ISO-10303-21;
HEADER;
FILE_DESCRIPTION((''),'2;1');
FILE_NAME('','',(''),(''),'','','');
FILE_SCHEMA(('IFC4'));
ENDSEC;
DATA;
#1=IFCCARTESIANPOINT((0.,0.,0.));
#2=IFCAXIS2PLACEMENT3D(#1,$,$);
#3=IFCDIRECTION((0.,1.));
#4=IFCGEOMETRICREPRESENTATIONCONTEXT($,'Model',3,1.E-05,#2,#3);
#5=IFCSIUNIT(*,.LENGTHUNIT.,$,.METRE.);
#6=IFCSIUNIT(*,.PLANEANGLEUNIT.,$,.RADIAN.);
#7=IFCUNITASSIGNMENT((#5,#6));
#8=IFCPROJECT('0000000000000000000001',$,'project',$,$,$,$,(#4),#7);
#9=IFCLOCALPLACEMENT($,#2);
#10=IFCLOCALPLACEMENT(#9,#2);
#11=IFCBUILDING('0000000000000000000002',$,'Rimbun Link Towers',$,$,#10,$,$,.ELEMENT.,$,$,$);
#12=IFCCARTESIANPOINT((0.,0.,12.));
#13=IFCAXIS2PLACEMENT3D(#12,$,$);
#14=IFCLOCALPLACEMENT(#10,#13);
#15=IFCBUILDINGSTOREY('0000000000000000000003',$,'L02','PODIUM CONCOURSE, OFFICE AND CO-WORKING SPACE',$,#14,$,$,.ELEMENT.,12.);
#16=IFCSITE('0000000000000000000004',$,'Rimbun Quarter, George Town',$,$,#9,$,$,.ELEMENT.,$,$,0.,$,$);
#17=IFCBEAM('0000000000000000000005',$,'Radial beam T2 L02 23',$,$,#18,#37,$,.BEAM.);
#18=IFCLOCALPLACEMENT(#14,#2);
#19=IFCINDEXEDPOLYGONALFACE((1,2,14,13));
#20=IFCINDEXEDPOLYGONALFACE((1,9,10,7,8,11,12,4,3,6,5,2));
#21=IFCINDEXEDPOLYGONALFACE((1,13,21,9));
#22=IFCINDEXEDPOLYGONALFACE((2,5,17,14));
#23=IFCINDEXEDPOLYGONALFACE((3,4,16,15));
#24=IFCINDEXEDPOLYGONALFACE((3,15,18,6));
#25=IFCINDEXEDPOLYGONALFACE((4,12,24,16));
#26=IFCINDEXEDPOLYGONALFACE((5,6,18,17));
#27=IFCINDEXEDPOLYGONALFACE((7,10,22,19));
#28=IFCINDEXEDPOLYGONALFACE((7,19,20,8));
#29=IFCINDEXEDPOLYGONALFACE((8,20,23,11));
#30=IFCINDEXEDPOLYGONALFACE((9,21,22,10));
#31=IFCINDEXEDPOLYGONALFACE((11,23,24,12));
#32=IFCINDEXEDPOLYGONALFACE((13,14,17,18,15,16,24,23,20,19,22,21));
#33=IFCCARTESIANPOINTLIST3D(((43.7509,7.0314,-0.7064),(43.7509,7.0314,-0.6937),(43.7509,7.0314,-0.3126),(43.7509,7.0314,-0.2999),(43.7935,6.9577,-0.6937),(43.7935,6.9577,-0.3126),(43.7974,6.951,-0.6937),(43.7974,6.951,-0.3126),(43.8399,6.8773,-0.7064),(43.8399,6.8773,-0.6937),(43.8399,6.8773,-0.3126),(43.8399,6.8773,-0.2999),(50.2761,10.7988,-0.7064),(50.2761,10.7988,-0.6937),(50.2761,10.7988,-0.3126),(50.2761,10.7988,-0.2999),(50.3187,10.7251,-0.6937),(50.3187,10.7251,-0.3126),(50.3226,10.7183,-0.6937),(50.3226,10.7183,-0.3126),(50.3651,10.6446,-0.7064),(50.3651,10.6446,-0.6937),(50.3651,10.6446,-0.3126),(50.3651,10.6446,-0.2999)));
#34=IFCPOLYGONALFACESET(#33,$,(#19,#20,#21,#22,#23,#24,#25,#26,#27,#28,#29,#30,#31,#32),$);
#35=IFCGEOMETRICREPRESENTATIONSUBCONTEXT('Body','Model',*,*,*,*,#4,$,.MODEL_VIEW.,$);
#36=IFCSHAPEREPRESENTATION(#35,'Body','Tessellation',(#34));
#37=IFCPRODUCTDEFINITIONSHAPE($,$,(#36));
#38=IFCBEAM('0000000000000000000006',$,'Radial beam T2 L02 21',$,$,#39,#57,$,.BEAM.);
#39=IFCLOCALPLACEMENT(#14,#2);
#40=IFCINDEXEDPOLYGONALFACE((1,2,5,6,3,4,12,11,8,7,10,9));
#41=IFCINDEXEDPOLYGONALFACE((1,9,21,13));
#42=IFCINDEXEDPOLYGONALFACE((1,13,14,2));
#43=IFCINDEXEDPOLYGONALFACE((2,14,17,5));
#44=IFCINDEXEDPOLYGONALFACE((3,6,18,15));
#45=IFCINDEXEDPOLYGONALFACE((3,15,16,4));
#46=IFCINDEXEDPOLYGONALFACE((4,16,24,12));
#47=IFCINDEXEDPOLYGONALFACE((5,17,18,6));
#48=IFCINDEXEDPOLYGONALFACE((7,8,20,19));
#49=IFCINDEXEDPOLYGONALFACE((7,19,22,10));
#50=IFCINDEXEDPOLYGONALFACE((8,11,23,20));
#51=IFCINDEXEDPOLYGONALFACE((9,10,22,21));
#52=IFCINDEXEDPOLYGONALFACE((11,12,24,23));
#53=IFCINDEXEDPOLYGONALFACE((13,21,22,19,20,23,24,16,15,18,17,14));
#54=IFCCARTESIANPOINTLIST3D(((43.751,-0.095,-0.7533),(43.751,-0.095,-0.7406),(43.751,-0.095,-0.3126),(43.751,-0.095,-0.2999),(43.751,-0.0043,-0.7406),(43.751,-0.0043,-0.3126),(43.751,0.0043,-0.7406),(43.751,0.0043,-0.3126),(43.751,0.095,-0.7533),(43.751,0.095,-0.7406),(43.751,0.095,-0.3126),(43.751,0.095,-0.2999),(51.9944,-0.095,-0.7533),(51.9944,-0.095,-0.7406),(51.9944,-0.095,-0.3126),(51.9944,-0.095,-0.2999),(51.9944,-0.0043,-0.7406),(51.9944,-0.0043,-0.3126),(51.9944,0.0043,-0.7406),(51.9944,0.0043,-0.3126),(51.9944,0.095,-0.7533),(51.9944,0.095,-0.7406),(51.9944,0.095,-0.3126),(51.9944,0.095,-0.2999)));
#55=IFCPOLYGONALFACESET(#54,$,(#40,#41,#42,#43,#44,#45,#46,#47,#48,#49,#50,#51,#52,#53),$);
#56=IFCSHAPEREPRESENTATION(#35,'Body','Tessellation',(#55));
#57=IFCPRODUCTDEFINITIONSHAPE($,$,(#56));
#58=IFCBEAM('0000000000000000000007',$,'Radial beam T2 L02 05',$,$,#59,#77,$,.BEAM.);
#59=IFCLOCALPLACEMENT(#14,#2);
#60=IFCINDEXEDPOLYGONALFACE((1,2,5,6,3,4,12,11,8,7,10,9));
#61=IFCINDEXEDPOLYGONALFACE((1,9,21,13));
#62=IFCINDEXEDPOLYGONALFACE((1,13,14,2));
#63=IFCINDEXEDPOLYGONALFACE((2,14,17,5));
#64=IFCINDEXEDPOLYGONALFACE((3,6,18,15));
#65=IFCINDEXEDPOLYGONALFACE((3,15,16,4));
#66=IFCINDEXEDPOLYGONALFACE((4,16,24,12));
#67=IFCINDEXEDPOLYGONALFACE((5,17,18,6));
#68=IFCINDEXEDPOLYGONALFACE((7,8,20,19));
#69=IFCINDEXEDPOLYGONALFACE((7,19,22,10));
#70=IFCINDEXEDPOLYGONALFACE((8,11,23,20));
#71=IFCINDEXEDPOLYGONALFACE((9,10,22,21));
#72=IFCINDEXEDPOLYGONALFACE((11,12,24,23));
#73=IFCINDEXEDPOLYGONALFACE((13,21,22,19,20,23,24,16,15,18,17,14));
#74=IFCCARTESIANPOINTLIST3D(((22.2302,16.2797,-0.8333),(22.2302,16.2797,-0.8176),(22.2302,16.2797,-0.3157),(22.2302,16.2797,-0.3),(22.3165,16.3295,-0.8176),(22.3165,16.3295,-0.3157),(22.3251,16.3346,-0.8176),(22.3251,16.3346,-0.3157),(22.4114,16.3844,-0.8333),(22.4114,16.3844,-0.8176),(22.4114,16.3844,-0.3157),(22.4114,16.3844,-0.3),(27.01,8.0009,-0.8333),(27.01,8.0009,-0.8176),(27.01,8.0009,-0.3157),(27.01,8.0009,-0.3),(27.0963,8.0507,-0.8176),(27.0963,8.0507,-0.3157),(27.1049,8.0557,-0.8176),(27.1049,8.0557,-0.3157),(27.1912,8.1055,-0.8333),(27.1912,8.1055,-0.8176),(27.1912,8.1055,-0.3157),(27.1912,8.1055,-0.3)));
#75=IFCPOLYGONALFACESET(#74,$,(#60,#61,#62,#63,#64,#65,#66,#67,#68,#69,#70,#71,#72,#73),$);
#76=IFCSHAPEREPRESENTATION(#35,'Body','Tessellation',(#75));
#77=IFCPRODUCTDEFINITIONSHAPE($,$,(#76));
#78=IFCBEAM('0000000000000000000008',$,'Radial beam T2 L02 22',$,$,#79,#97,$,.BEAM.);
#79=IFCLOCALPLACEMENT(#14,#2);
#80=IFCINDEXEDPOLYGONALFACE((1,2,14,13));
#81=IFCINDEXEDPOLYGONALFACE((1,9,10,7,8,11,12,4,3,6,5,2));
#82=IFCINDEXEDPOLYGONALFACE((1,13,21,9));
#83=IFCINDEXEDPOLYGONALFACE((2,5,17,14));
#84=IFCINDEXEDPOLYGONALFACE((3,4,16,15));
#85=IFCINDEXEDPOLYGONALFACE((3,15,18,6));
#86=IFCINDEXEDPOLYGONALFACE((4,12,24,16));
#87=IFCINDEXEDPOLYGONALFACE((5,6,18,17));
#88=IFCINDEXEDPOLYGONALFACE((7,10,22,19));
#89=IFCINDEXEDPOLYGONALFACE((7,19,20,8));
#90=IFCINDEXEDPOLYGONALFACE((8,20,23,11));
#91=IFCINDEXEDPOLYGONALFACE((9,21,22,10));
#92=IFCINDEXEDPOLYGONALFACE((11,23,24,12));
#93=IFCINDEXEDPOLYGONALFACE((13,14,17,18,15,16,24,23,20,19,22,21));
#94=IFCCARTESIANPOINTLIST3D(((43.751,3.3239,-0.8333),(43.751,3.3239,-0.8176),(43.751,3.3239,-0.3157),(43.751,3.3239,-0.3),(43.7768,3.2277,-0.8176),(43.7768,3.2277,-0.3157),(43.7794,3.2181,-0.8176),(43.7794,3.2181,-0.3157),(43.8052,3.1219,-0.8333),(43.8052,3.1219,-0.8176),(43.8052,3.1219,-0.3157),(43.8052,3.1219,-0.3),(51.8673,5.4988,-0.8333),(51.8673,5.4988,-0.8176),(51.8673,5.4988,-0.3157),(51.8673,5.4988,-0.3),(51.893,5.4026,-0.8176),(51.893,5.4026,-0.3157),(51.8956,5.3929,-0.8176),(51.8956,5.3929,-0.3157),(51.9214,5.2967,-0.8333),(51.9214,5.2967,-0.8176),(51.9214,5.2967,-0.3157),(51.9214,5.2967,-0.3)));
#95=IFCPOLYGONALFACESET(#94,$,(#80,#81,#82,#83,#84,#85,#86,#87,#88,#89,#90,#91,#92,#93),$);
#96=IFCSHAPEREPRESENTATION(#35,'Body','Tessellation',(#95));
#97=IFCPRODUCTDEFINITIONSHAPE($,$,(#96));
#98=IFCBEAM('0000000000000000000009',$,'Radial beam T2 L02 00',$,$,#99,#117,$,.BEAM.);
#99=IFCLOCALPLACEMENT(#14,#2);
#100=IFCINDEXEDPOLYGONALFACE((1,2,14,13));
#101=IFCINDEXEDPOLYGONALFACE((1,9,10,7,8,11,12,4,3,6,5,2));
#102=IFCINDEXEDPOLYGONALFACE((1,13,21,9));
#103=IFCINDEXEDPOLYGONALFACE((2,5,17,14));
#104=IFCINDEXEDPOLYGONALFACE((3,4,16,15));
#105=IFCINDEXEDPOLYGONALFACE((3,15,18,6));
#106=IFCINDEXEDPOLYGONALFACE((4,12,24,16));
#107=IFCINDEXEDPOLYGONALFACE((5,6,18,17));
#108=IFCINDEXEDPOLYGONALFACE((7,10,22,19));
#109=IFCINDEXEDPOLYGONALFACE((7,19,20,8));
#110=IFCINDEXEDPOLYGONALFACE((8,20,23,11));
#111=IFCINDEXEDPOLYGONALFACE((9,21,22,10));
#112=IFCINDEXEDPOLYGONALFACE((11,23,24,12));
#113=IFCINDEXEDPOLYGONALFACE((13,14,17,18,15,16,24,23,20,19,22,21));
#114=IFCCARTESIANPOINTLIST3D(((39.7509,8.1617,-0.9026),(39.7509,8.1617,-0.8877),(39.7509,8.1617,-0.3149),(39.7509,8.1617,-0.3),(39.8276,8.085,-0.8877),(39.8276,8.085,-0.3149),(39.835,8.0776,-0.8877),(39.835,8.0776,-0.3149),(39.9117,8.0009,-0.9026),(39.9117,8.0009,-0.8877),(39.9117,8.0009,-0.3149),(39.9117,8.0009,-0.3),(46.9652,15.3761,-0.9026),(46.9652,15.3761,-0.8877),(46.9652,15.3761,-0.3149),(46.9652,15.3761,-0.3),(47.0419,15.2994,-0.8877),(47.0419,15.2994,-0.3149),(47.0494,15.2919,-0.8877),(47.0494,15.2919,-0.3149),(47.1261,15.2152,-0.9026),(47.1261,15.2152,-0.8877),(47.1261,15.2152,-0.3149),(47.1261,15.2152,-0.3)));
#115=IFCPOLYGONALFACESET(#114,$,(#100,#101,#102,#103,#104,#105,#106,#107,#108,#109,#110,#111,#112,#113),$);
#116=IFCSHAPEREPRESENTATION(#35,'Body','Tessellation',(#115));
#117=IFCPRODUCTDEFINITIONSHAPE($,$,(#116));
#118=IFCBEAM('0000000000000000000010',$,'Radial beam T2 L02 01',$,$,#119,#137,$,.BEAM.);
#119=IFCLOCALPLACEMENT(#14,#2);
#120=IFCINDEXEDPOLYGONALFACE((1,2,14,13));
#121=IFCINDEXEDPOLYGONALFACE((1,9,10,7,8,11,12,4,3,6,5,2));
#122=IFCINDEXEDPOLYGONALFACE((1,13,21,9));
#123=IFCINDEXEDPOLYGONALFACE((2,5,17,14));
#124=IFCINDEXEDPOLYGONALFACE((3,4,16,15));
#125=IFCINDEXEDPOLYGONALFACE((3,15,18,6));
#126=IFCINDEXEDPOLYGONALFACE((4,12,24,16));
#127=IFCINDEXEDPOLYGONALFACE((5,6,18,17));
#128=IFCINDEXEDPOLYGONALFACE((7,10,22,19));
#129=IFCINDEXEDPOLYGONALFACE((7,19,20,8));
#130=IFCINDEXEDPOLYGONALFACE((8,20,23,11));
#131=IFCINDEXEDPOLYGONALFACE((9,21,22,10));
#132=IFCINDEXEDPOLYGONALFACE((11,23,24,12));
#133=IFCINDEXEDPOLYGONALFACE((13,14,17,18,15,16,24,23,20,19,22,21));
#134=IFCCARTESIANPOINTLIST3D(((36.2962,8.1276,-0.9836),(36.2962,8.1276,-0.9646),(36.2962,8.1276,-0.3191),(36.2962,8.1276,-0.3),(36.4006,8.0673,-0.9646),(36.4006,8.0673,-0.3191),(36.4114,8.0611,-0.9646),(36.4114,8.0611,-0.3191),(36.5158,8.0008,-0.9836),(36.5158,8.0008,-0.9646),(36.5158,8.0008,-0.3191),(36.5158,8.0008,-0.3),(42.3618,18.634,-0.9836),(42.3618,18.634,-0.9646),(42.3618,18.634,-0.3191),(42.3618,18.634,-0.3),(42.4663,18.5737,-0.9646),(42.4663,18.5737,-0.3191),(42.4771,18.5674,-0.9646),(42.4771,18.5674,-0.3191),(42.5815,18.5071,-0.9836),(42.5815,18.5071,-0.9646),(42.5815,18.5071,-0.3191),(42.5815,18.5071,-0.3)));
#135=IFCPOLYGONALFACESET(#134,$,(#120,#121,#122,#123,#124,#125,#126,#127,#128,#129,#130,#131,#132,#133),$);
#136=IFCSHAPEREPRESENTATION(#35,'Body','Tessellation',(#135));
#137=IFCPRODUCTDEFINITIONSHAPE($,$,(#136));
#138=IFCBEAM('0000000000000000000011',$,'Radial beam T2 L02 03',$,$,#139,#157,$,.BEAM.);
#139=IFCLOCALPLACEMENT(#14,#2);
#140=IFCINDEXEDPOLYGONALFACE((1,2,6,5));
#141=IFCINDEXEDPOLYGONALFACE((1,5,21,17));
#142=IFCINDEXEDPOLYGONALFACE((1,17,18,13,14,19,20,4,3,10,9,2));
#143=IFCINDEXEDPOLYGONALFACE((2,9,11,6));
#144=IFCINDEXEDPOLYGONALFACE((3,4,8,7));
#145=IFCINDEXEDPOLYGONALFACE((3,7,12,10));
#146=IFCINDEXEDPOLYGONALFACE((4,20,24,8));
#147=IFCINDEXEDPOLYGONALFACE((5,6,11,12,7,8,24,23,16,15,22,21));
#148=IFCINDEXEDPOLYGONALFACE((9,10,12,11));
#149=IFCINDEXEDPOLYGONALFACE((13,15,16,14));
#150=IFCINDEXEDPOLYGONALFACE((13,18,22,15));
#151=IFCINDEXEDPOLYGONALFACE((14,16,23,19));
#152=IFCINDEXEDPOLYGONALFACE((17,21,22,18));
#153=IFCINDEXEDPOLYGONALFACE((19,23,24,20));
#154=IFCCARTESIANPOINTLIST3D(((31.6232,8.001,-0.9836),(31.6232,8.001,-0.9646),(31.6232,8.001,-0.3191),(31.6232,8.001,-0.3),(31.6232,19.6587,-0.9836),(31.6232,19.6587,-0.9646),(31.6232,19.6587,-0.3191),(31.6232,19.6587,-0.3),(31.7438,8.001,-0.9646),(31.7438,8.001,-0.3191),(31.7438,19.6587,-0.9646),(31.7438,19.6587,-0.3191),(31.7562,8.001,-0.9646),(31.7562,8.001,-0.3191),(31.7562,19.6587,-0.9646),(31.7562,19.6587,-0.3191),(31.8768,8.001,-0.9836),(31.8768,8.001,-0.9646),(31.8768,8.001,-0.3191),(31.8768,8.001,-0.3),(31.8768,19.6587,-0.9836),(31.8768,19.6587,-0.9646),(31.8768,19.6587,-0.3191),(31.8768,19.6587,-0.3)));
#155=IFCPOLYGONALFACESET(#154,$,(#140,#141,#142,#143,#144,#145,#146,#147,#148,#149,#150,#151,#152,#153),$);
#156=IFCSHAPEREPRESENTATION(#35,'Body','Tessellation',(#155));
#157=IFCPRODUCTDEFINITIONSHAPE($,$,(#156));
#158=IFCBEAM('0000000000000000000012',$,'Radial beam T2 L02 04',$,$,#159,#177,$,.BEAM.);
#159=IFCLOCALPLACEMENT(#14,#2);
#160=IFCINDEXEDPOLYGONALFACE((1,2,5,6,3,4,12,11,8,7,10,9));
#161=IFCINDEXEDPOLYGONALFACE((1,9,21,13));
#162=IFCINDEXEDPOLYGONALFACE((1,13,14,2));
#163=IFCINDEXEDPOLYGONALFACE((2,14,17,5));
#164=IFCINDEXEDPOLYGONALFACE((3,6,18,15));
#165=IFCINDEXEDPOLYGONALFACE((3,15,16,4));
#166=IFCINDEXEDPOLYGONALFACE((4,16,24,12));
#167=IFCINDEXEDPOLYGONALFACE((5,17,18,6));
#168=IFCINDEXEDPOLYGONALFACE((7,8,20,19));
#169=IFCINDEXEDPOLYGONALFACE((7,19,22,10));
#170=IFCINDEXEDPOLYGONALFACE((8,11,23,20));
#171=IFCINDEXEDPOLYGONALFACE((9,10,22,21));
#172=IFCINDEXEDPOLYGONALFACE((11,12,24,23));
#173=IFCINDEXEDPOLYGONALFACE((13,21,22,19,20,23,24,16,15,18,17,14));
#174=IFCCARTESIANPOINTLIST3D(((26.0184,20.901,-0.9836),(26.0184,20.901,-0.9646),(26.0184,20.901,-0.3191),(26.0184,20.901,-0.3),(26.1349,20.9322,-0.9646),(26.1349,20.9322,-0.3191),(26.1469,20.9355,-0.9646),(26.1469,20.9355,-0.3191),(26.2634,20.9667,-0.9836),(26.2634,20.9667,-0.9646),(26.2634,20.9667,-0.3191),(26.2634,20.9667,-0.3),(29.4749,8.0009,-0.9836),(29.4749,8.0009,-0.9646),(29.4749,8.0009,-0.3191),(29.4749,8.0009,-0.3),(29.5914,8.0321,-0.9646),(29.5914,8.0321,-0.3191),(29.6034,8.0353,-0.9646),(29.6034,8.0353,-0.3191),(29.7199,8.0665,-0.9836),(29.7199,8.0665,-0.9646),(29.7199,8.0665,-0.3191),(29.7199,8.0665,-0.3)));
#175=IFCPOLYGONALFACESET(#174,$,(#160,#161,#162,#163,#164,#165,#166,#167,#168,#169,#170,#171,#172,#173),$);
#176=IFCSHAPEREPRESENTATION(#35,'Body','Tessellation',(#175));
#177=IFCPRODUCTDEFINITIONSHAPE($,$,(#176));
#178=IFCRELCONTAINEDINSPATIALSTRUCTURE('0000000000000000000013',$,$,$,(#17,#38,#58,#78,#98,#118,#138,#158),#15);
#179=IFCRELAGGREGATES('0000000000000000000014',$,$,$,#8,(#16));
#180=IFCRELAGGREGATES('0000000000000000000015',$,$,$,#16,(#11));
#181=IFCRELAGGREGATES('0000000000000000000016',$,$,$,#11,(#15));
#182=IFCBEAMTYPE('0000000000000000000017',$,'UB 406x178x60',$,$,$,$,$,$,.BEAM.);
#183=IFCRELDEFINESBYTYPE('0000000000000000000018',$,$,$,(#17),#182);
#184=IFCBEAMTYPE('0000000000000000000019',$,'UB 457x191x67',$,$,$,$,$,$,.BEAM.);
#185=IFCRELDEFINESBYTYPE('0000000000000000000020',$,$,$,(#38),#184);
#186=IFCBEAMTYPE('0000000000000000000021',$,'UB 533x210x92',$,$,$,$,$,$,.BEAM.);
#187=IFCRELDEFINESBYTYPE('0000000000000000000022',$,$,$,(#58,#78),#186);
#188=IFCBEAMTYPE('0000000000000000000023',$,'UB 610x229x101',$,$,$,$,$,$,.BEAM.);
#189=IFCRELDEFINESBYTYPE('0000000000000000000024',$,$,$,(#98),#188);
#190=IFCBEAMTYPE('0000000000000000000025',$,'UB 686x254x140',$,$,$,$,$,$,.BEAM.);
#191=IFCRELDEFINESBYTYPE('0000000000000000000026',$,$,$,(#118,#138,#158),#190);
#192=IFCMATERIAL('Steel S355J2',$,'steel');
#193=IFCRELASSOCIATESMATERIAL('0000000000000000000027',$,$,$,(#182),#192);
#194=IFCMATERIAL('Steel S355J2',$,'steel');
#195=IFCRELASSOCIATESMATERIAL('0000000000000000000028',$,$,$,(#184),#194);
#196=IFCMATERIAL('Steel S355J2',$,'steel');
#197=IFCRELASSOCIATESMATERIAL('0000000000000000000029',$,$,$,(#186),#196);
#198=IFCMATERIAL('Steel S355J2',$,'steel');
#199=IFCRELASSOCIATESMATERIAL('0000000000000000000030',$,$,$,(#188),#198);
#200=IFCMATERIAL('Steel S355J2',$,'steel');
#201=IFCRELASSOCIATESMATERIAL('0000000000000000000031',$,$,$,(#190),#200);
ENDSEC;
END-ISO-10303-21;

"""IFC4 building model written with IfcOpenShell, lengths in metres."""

from ifc_helpers import new_model, si_unit, direction, frame, origin, origin_2d, place, context, subcontext, project, spatial, i_section, extrude, material, material_profile, profile_set, type_object, element, save


model = new_model("IFC4")

# Units and contexts
model_context = context("Model", 3, precision=1e-05, world=origin(), true_north=direction((0.0, 1.0)))
body_context = subcontext(model_context, "Body", "Model", "MODEL_VIEW")
ifc_project = project(units=[si_unit("LENGTHUNIT", "METRE"), si_unit("PLANEANGLEUNIT", "RADIAN")], contexts=[model_context])

# Site, building, storey
site_placement = place(None, origin())
site = spatial("IfcSite", under=ifc_project, at=site_placement, Name="Rimbun Quarter, George Town", CompositionType="ELEMENT", RefElevation=0.0)
building_placement = place(site_placement, origin())
building = spatial("IfcBuilding", under=site, at=building_placement, Name="Rimbun Link Towers", CompositionType="ELEMENT")
storey_placement = place(building_placement, frame((0.0, 0.0, 12.0)))
storey = spatial("IfcBuildingStorey", under=building, at=storey_placement, Name="L02", Description="PODIUM CONCOURSE, OFFICE AND CO-WORKING SPACE", CompositionType="ELEMENT", Elevation=12.0)

# Beams
ifc_material_1 = material(Name="Steel S355J2", Category="steel")
ifc_material_profile_1 = material_profile(ifc_material_1, i_section(OverallWidth=0.178, OverallDepth=0.4065, WebThickness=0.0078, FlangeThickness=0.0127, at=origin_2d()), Name="UB 406x178x60")
ifc_profile_set_1 = profile_set([ifc_material_profile_1], Name="Steel S355J2")
beam_type_1 = type_object("IfcBeamType", Name="UB 406x178x60", PredefinedType="BEAM", material=ifc_profile_set_1)
beam_1_placement = place(storey_placement, frame((43.7954, 6.9543, -0.5032), z_axis=(0.866023, 0.500004, 0.0), x_axis=(-0.500004, 0.866023, 0.0)))
element("IfcBeam", 1, at=beam_1_placement, inside=storey, type_object=beam_type_1, Name="Radial beam T2 L02 23", PredefinedType="BEAM", context=body_context, shape_type="SweptSolid", body=[
    extrude(i_section(OverallWidth=0.178, OverallDepth=0.4065, WebThickness=0.0078, FlangeThickness=0.0127, at=origin_2d()), origin(), (0.0, 0.0, 1.0), 7.5347),
])
ifc_material_2 = material(Name="Steel S355J2", Category="steel")
ifc_material_profile_2 = material_profile(ifc_material_2, i_section(OverallWidth=0.1899, OverallDepth=0.4534, WebThickness=0.0085, FlangeThickness=0.0127, at=origin_2d()), Name="UB 457x191x67")
ifc_profile_set_2 = profile_set([ifc_material_profile_2], Name="Steel S355J2")
beam_type_2 = type_object("IfcBeamType", Name="UB 457x191x67", PredefinedType="BEAM", material=ifc_profile_set_2)
beam_2_placement = place(storey_placement, frame((43.751, 0.0, -0.5266), z_axis=(1.0, 0.0, 0.0), x_axis=(0.0, 1.0, 0.0)))
element("IfcBeam", 2, at=beam_2_placement, inside=storey, type_object=beam_type_2, Name="Radial beam T2 L02 21", PredefinedType="BEAM", context=body_context, shape_type="SweptSolid", body=[
    extrude(i_section(OverallWidth=0.1899, OverallDepth=0.4534, WebThickness=0.0085, FlangeThickness=0.0127, at=origin_2d()), origin(), (0.0, 0.0, 1.0), 8.2434),
])
ifc_material_3 = material(Name="Steel S355J2", Category="steel")
ifc_material_profile_3 = material_profile(ifc_material_3, i_section(OverallWidth=0.2092, OverallDepth=0.5332, WebThickness=0.01, FlangeThickness=0.0156, at=origin_2d()), Name="UB 533x210x92")
ifc_profile_set_3 = profile_set([ifc_material_profile_3], Name="Steel S355J2")
beam_type_3 = type_object("IfcBeamType", Name="UB 533x210x92", PredefinedType="BEAM", material=ifc_profile_set_3)
beam_3_placement = place(storey_placement, frame((27.1006, 8.0532, -0.5667), z_axis=(-0.500001, 0.866025, 0.0), x_axis=(-0.866025, -0.500001, 0.0)))
element("IfcBeam", 3, at=beam_3_placement, inside=storey, type_object=beam_type_3, Name="Radial beam T2 L02 05", PredefinedType="BEAM", context=body_context, shape_type="SweptSolid", body=[
    extrude(i_section(OverallWidth=0.2092, OverallDepth=0.5332, WebThickness=0.01, FlangeThickness=0.0156, at=origin_2d()), origin(), (0.0, 0.0, 1.0), 9.5596),
])
beam_4_placement = place(storey_placement, frame((43.7781, 3.2229, -0.5667), z_axis=(0.965924, 0.258827, 0.0), x_axis=(-0.258827, 0.965924, 0.0)))
element("IfcBeam", 4, at=beam_4_placement, inside=storey, type_object=beam_type_3, Name="Radial beam T2 L02 22", PredefinedType="BEAM", context=body_context, shape_type="SweptSolid", body=[
    extrude(i_section(OverallWidth=0.2092, OverallDepth=0.5332, WebThickness=0.01, FlangeThickness=0.0156, at=origin_2d()), origin(), (0.0, 0.0, 1.0), 8.4026),
])
ifc_material_4 = material(Name="Steel S355J2", Category="steel")
ifc_material_profile_4 = material_profile(ifc_material_4, i_section(OverallWidth=0.2275, OverallDepth=0.6025, WebThickness=0.0105, FlangeThickness=0.0149, at=origin_2d()), Name="UB 610x229x101")
ifc_profile_set_4 = profile_set([ifc_material_profile_4], Name="Steel S355J2")
beam_type_4 = type_object("IfcBeamType", Name="UB 610x229x101", PredefinedType="BEAM", material=ifc_profile_set_4)
beam_5_placement = place(storey_placement, frame((39.8313, 8.0813, -0.6013), z_axis=(0.707107, 0.707107, 0.0), x_axis=(-0.707107, 0.707107, 0.0)))
element("IfcBeam", 5, at=beam_5_placement, inside=storey, type_object=beam_type_4, Name="Radial beam T2 L02 00", PredefinedType="BEAM", context=body_context, shape_type="SweptSolid", body=[
    extrude(i_section(OverallWidth=0.2275, OverallDepth=0.6025, WebThickness=0.0105, FlangeThickness=0.0149, at=origin_2d()), origin(), (0.0, 0.0, 1.0), 10.2026),
])
ifc_material_5 = material(Name="Steel S355J2", Category="steel")
ifc_material_profile_5 = material_profile(ifc_material_5, i_section(OverallWidth=0.2537, OverallDepth=0.6836, WebThickness=0.0125, FlangeThickness=0.019, at=origin_2d()), Name="UB 686x254x140")
ifc_profile_set_5 = profile_set([ifc_material_profile_5], Name="Steel S355J2")
beam_type_5 = type_object("IfcBeamType", Name="UB 686x254x140", PredefinedType="BEAM", material=ifc_profile_set_5)
beam_6_placement = place(storey_placement, frame((36.406, 8.0642, -0.6418), z_axis=(0.49999, 0.866031, 0.0), x_axis=(-0.866031, 0.49999, 0.0)))
element("IfcBeam", 6, at=beam_6_placement, inside=storey, type_object=beam_type_5, Name="Radial beam T2 L02 01", PredefinedType="BEAM", context=body_context, shape_type="SweptSolid", body=[
    extrude(i_section(OverallWidth=0.2537, OverallDepth=0.6836, WebThickness=0.0125, FlangeThickness=0.019, at=origin_2d()), origin(), (0.0, 0.0, 1.0), 12.1316),
])
beam_7_placement = place(storey_placement, frame((31.75, 8.001, -0.6418), z_axis=(0.0, 1.0, 0.0), x_axis=(-1.0, 0.0, 0.0)))
element("IfcBeam", 7, at=beam_7_placement, inside=storey, type_object=beam_type_5, Name="Radial beam T2 L02 03", PredefinedType="BEAM", context=body_context, shape_type="SweptSolid", body=[
    extrude(i_section(OverallWidth=0.2537, OverallDepth=0.6836, WebThickness=0.0125, FlangeThickness=0.019, at=origin_2d()), origin(), (0.0, 0.0, 1.0), 11.6577),
])
beam_8_placement = place(storey_placement, frame((29.5974, 8.0337, -0.6418), z_axis=(-0.258816, 0.965927, 0.0), x_axis=(-0.965927, -0.258816, 0.0)))
element("IfcBeam", 8, at=beam_8_placement, inside=storey, type_object=beam_type_5, Name="Radial beam T2 L02 04", PredefinedType="BEAM", context=body_context, shape_type="SweptSolid", body=[
    extrude(i_section(OverallWidth=0.2537, OverallDepth=0.6836, WebThickness=0.0125, FlangeThickness=0.019, at=origin_2d()), origin(), (0.0, 0.0, 1.0), 13.3552),
])

save(model, "model.ifc")
